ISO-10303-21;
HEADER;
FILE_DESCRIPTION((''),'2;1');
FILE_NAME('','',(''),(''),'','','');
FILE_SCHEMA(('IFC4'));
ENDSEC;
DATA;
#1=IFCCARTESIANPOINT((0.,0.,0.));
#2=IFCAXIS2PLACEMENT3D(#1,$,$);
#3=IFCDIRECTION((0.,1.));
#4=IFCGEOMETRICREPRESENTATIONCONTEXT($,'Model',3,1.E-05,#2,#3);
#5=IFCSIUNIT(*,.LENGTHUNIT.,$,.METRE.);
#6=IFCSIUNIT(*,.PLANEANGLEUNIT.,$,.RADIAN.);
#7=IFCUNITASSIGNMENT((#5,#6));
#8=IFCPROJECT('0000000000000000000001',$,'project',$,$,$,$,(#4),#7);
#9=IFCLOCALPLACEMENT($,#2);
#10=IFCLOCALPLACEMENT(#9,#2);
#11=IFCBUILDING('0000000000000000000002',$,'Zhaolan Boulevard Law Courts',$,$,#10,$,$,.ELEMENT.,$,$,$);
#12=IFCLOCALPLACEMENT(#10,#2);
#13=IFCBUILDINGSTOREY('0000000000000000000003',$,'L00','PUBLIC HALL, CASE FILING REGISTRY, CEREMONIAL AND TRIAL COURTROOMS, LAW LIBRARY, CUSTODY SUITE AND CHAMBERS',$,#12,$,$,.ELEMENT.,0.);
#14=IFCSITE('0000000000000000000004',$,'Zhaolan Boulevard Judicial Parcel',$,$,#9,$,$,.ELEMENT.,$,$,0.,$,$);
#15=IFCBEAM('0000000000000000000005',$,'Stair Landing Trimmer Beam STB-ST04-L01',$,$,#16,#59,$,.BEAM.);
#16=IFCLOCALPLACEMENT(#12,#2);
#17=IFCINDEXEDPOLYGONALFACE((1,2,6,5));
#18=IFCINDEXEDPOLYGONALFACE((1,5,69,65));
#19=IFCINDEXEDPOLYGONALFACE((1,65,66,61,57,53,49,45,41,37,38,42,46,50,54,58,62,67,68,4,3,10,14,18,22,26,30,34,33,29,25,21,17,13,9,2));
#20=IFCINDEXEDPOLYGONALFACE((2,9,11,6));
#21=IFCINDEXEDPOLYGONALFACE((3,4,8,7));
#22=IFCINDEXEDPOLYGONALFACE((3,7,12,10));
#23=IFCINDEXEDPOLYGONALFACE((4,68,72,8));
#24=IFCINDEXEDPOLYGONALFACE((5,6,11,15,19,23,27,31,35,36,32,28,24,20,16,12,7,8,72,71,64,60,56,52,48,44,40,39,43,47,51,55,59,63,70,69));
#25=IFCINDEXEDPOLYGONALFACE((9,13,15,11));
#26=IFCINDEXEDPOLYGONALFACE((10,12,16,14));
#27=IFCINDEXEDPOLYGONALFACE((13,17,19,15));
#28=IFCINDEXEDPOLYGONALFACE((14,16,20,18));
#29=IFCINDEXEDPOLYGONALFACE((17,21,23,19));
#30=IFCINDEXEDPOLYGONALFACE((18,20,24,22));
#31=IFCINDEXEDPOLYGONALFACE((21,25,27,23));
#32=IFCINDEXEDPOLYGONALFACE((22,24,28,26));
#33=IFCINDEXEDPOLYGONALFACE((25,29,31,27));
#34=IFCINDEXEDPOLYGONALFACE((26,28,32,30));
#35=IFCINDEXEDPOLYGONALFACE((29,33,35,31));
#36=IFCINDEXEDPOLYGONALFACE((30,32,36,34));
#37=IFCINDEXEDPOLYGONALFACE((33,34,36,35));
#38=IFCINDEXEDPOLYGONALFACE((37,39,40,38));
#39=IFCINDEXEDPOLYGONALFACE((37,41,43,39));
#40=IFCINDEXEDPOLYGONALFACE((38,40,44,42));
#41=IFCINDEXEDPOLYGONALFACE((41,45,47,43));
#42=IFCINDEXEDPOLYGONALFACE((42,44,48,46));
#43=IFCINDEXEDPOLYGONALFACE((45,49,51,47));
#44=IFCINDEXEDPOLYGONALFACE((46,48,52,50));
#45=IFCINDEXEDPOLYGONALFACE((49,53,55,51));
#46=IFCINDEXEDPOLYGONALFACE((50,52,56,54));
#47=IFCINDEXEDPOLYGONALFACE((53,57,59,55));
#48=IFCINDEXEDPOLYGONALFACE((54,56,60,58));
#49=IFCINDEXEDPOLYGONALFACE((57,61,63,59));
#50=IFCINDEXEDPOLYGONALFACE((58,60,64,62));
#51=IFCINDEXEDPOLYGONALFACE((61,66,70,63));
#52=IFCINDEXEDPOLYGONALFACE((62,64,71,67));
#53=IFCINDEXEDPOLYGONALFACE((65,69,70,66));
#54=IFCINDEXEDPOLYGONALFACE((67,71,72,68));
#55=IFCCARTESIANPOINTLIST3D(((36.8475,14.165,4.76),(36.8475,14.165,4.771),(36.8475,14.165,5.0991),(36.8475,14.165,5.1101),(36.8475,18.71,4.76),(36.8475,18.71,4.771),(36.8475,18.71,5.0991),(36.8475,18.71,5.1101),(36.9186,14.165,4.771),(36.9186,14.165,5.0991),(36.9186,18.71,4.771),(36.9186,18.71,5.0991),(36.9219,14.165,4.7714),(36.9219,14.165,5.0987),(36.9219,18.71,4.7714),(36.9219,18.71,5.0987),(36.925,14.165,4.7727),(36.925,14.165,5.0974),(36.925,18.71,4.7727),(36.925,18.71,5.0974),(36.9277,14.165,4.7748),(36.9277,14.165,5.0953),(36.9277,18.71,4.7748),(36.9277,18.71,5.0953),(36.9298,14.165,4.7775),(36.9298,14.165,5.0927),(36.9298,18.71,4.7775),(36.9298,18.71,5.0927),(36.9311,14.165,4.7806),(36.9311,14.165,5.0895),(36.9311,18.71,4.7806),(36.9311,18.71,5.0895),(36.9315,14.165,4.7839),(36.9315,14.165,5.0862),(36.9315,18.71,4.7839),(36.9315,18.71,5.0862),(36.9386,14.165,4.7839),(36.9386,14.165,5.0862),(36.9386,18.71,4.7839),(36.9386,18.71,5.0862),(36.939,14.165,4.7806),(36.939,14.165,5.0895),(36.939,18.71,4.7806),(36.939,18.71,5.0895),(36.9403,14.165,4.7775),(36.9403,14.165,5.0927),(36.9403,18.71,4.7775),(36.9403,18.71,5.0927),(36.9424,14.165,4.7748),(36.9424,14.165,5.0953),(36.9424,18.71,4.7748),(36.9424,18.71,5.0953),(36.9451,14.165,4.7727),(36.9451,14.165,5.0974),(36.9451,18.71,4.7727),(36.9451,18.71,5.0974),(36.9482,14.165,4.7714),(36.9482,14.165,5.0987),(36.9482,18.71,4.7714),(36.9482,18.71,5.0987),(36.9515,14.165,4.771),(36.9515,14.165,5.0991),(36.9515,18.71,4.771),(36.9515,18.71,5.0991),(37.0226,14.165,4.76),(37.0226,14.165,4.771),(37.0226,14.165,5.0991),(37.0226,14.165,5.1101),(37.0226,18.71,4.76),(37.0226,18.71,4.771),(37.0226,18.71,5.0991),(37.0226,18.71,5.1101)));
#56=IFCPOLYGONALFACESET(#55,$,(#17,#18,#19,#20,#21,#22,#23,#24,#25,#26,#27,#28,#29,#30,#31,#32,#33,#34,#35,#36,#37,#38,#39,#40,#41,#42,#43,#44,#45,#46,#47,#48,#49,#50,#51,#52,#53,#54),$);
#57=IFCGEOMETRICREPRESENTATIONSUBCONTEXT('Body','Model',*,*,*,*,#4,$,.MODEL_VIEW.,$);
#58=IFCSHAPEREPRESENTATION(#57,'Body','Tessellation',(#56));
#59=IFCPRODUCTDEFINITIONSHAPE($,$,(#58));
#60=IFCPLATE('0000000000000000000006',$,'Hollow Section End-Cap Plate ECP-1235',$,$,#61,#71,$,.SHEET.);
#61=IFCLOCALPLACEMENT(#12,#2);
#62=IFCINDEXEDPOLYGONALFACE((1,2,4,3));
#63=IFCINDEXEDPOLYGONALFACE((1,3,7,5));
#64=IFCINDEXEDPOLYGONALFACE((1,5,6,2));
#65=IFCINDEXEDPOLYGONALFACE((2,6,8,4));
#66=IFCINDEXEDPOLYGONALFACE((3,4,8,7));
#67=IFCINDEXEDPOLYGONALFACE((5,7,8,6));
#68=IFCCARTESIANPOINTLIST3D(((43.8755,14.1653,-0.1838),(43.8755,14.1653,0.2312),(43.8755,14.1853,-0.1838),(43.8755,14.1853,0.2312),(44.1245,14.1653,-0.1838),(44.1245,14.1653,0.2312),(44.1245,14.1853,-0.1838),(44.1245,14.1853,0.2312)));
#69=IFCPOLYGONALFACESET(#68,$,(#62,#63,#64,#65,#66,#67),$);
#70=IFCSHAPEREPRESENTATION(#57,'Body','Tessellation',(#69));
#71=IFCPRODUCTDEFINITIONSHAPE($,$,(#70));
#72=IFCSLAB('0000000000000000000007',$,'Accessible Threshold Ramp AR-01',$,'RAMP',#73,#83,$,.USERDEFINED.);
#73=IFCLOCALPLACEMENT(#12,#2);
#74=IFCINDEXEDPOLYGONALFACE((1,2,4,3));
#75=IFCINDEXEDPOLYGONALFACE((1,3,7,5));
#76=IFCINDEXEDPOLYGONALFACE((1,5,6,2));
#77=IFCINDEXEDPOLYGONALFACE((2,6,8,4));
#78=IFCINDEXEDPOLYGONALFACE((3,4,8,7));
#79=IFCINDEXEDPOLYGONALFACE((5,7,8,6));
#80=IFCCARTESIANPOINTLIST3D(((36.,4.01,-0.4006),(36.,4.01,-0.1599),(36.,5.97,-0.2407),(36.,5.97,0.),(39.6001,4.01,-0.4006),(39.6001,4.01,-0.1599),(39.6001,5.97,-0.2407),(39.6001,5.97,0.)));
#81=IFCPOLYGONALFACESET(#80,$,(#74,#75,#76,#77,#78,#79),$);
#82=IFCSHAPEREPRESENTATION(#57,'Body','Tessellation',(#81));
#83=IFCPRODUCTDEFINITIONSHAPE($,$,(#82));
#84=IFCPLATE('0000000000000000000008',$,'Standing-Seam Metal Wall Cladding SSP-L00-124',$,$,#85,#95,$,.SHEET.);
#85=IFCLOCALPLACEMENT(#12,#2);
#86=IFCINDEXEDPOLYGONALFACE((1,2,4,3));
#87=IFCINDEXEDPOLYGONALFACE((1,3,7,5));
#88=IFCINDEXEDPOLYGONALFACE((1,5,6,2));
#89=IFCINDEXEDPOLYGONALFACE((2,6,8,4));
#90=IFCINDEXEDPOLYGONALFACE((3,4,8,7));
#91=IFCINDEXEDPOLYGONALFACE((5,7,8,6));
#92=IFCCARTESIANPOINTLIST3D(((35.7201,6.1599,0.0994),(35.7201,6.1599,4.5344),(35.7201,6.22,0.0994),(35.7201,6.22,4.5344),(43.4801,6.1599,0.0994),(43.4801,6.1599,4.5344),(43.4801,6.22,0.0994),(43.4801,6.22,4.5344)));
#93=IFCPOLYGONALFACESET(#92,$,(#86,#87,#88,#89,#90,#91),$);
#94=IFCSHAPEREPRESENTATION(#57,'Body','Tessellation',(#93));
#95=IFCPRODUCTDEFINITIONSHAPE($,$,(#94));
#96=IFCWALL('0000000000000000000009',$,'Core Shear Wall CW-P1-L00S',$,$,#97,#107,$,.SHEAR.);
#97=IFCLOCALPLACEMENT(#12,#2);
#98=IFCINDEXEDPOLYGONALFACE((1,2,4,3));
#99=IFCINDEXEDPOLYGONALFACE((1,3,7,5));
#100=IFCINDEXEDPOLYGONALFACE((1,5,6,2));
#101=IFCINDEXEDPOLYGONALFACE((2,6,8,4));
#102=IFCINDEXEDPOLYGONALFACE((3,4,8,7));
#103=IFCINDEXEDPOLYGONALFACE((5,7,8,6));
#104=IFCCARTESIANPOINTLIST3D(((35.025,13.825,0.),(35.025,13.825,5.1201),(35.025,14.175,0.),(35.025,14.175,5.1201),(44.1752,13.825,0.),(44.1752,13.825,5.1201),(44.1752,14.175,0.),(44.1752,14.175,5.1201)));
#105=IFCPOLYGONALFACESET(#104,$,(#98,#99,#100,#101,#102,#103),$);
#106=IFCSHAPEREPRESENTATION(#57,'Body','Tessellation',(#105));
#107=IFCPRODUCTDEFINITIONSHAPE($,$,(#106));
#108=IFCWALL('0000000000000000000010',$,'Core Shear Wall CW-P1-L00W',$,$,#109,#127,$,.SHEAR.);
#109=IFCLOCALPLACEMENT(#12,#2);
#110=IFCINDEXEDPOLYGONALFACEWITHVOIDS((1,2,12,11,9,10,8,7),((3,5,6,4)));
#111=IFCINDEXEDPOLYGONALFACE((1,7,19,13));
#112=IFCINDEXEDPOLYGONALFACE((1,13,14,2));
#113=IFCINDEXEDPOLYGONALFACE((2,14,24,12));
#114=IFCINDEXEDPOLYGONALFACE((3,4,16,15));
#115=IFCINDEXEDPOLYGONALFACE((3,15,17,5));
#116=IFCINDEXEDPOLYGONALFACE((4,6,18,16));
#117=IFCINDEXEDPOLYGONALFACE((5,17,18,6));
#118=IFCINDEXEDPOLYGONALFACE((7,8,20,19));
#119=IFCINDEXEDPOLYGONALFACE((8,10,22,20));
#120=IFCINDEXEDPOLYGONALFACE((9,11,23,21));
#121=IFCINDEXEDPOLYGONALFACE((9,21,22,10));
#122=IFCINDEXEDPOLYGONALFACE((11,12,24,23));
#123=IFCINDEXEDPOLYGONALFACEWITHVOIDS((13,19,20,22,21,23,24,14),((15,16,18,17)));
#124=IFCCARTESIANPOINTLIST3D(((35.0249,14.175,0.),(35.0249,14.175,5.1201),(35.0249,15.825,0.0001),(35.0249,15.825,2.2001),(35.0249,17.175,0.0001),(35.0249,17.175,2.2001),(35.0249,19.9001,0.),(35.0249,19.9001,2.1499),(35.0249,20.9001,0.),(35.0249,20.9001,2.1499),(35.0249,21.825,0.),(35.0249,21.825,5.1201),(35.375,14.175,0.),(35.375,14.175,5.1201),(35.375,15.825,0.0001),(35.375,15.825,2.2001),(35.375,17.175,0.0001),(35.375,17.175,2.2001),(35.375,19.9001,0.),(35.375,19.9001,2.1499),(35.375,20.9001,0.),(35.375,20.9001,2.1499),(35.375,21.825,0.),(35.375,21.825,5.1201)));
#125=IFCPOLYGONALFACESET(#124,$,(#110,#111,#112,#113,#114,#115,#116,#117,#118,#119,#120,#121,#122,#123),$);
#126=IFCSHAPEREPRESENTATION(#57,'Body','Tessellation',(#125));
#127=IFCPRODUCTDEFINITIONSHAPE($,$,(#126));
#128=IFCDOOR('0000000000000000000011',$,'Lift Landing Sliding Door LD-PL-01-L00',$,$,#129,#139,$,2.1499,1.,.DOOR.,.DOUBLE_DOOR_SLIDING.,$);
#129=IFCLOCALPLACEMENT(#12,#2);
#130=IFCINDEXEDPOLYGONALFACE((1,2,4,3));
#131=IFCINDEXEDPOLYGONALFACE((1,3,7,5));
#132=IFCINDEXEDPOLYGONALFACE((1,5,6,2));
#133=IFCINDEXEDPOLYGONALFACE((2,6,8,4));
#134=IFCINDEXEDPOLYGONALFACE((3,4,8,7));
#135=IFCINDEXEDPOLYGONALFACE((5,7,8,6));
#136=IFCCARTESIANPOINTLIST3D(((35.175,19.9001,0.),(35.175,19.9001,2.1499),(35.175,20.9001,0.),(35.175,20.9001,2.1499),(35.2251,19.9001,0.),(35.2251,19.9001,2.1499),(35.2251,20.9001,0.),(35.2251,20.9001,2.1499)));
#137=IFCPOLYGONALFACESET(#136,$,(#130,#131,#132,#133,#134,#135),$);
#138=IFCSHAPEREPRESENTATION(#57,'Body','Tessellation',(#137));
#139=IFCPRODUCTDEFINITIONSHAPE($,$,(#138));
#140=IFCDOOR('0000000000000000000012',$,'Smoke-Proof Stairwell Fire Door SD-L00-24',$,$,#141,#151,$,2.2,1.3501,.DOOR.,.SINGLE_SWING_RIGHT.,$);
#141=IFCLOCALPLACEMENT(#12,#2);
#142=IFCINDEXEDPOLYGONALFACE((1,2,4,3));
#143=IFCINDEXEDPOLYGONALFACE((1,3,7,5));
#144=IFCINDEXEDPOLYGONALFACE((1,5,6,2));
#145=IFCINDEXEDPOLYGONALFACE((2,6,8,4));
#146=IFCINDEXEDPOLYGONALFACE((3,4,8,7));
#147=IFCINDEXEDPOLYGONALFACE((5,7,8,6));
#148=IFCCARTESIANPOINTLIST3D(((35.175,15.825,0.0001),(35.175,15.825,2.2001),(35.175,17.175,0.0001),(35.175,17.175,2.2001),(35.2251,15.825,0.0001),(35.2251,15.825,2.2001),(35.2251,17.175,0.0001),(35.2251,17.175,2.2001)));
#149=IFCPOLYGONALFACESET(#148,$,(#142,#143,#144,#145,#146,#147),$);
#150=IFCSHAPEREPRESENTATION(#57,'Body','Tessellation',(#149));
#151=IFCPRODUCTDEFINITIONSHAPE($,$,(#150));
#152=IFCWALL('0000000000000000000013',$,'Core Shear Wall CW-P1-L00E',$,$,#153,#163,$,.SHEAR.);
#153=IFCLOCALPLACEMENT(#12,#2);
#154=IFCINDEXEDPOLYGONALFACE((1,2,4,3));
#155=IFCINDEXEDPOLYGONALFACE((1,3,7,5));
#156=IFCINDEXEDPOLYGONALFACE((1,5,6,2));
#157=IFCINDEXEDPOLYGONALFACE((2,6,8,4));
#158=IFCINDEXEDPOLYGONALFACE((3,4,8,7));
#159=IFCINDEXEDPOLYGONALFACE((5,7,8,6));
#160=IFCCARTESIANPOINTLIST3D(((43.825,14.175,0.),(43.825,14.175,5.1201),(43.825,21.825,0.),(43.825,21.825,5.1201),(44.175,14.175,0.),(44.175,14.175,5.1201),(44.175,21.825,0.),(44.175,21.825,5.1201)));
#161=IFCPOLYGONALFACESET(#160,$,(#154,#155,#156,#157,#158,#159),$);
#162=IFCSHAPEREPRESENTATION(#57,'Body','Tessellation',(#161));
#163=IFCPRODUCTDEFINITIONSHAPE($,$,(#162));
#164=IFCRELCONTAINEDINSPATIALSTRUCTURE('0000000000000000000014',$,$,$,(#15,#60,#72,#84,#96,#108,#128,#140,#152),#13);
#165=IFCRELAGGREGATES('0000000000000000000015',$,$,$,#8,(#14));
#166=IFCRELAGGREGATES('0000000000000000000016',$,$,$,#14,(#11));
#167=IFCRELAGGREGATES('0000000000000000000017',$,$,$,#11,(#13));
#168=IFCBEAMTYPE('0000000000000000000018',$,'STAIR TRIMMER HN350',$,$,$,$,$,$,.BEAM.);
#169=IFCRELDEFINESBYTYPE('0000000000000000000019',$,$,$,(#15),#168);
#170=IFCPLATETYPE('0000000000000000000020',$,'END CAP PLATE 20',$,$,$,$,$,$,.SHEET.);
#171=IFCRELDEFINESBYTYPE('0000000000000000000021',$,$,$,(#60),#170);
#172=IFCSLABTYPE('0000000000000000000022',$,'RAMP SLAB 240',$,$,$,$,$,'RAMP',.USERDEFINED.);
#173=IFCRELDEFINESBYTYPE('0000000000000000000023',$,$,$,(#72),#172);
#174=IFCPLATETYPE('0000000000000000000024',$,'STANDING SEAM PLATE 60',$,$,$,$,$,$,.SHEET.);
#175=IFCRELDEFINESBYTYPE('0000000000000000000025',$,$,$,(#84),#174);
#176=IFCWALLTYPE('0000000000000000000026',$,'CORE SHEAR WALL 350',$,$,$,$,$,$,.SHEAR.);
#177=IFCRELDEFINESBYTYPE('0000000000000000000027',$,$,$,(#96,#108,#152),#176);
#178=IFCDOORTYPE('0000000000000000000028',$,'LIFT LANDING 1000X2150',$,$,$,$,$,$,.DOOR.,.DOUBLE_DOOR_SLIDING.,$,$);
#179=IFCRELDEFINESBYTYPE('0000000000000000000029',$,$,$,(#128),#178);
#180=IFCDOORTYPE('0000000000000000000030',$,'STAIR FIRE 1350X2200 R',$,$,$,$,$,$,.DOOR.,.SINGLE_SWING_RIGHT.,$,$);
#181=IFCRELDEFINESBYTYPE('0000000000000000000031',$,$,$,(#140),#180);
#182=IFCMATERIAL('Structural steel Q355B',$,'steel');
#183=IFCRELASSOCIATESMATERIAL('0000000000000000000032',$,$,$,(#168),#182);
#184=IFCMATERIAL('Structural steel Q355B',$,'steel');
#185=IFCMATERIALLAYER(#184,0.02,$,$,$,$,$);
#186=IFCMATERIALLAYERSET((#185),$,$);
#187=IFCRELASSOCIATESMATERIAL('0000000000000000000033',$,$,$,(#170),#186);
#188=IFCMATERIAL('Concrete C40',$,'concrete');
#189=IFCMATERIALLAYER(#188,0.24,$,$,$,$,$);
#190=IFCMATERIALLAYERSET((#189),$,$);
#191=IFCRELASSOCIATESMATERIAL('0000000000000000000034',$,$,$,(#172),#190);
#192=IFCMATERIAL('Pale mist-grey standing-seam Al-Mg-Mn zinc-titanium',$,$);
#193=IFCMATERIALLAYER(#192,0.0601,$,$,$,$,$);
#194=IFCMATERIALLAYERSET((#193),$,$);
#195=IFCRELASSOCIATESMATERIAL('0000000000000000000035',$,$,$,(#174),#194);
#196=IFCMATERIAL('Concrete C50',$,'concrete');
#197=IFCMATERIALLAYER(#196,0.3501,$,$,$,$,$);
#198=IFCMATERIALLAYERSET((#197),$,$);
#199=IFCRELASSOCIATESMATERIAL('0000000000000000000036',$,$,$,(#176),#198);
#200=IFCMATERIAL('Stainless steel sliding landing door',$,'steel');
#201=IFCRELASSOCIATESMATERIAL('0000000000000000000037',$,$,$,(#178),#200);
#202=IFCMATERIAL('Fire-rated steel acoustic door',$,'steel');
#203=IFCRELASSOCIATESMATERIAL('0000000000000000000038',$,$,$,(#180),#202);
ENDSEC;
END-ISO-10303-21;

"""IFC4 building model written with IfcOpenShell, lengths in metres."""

from ifc_helpers import new_model, si_unit, direction, frame, frame_2d, origin, origin_2d, place, context, subcontext, project, spatial, polyline, rectangle, i_section, outline, extrude, material, layer, layer_set, material_profile, profile_set, type_object, element, fill, save


model = new_model("IFC4")

# Units and contexts
model_context = context("Model", 3, precision=1e-05, world=origin(), true_north=direction((0.0, 1.0)))
body_context = subcontext(model_context, "Body", "Model", "MODEL_VIEW")
ifc_project = project(units=[si_unit("LENGTHUNIT", "METRE"), si_unit("PLANEANGLEUNIT", "RADIAN")], contexts=[model_context])

# Site, building, storey
site_placement = place(None, origin())
site = spatial("IfcSite", under=ifc_project, at=site_placement, Name="Zhaolan Boulevard Judicial Parcel", CompositionType="ELEMENT", RefElevation=0.0)
building_placement = place(site_placement, origin())
building = spatial("IfcBuilding", under=site, at=building_placement, Name="Zhaolan Boulevard Law Courts", CompositionType="ELEMENT")
storey_placement = place(building_placement, origin())
storey = spatial("IfcBuildingStorey", under=building, at=storey_placement, Name="L00", Description="PUBLIC HALL, CASE FILING REGISTRY, CEREMONIAL AND TRIAL COURTROOMS, LAW LIBRARY, CUSTODY SUITE AND CHAMBERS", CompositionType="ELEMENT", Elevation=0.0)

# Beam
ifc_material_1 = material(Name="Structural steel Q355B", Category="steel")
ifc_material_profile_1 = material_profile(ifc_material_1, i_section(OverallWidth=0.175, OverallDepth=0.3501, WebThickness=0.0071, FlangeThickness=0.011, FilletRadius=0.0129, at=origin_2d()), Name="HN350x175")
ifc_profile_set_1 = profile_set([ifc_material_profile_1], Name="Structural steel Q355B")
beam_type_1 = type_object("IfcBeamType", Name="STAIR TRIMMER HN350", PredefinedType="BEAM", material=ifc_profile_set_1)
beam_1_placement = place(storey_placement, frame((36.9351, 14.165, 4.9351), z_axis=(0.0, 1.0, 0.0), x_axis=(-1.0, 0.0, 0.0)))
element("IfcBeam", 1, at=beam_1_placement, inside=storey, type_object=beam_type_1, Name="Stair Landing Trimmer Beam STB-ST04-L01", PredefinedType="BEAM", context=body_context, shape_type="SweptSolid", body=[
    extrude(i_section(OverallWidth=0.175, OverallDepth=0.3501, WebThickness=0.0071, FlangeThickness=0.011, FilletRadius=0.0129, at=origin_2d()), origin(), (0.0, 0.0, 1.0), 4.5449),
])

# Plate
ifc_material_2 = material(Name="Structural steel Q355B", Category="steel")
ifc_layer_1 = layer(ifc_material_2, 0.02)
ifc_layer_set_1 = layer_set([ifc_layer_1])
plate_type_1 = type_object("IfcPlateType", Name="END CAP PLATE 20", PredefinedType="SHEET", material=ifc_layer_set_1)
plate_1_placement = place(storey_placement, frame((44.0, 14.1753, -0.1838), z_axis=(0.0, 0.0, 1.0), x_axis=(0.0, 1.0, 0.0)))
element("IfcPlate", 2, at=plate_1_placement, inside=storey, type_object=plate_type_1, Name="Hollow Section End-Cap Plate ECP-1235", PredefinedType="SHEET", context=body_context, shape_type="SweptSolid", body=[
    extrude(rectangle(XDim=0.02, YDim=0.249, at=origin_2d()), origin(), (0.0, 0.0, 1.0), 0.415),
])

# Slab
ifc_material_3 = material(Name="Concrete C40", Category="concrete")
ifc_layer_2 = layer(ifc_material_3, 0.24)
ifc_layer_set_2 = layer_set([ifc_layer_2])
slab_type = type_object("IfcSlabType", Name="RAMP SLAB 240", ElementType="RAMP", PredefinedType="USERDEFINED", material=ifc_layer_set_2)
slab_placement = place(storey_placement, frame((36.0, 4.01, -0.1599), z_axis=(1.0, 0.0, 0.0), x_axis=(0.0, 1.0, 0.0)))
element("IfcSlab", 3, at=slab_placement, inside=storey, type_object=slab_type, Name="Accessible Threshold Ramp AR-01", ObjectType="RAMP", PredefinedType="USERDEFINED", context=body_context, shape_type="SweptSolid", body=[
    extrude(outline(polyline([(0.0, 0.0), (1.96, 0.1599), (1.96, -0.0808), (0.0, -0.2407), (0.0, 0.0)])), origin(), (0.0, 0.0, 1.0), 3.6001),
])

# Plate
ifc_material_4 = material(Name="Pale mist-grey standing-seam Al-Mg-Mn zinc-titanium")
ifc_layer_3 = layer(ifc_material_4, 0.0601)
ifc_layer_set_3 = layer_set([ifc_layer_3])
plate_type_2 = type_object("IfcPlateType", Name="STANDING SEAM PLATE 60", PredefinedType="SHEET", material=ifc_layer_set_3)
plate_2_placement = place(storey_placement, frame((39.6001, 6.1899, 0.0994), z_axis=(0.0, 0.0, 1.0), x_axis=(1.0, 0.0, 0.0)))
element("IfcPlate", 4, at=plate_2_placement, inside=storey, type_object=plate_type_2, Name="Standing-Seam Metal Wall Cladding SSP-L00-124", PredefinedType="SHEET", context=body_context, shape_type="SweptSolid", body=[
    extrude(rectangle(XDim=7.76, YDim=0.0601, at=origin_2d()), origin(), (0.0, 0.0, 1.0), 4.4351),
])

# Wall
ifc_material_5 = material(Name="Concrete C50", Category="concrete")
ifc_layer_4 = layer(ifc_material_5, 0.3501)
ifc_layer_set_4 = layer_set([ifc_layer_4])
wall_type_1 = type_object("IfcWallType", Name="CORE SHEAR WALL 350", PredefinedType="SHEAR", material=ifc_layer_set_4)
wall_1_placement = place(storey_placement, frame((35.0249, 14.0, 0.0), z_axis=(0.0, 0.0, 1.0), x_axis=(1.0, 0.0, 0.0)))
element("IfcWall", 5, at=wall_1_placement, inside=storey, type_object=wall_type_1, Name="Core Shear Wall CW-P1-L00S", PredefinedType="SHEAR", context=body_context, shape_type="SweptSolid", body=[
    extrude(rectangle(XDim=9.1501, YDim=0.3501, at=frame_2d((4.5752, 0.0))), origin(), (0.0, 0.0, 1.0), 5.1201),
])

# Wall, openings, doors
wall_2_placement = place(storey_placement, frame((35.2, 14.175, 0.0), z_axis=(0.0, 0.0, 1.0), x_axis=(0.0, 1.0, 0.0)))
wall_2 = element("IfcWall", 6, at=wall_2_placement, inside=storey, type_object=wall_type_1, Name="Core Shear Wall CW-P1-L00W", PredefinedType="SHEAR", context=body_context, shape_type="SweptSolid", body=[
    extrude(rectangle(XDim=7.6499, YDim=0.3501, at=frame_2d((3.825, 0.0))), origin(), (0.0, 0.0, 1.0), 5.1201),
])
opening_1_placement = place(wall_2_placement, frame((1.6499, 0.0, 0.0)))
opening_1 = element("IfcOpeningElement", 7, at=opening_1_placement, cuts=wall_2, PredefinedType="OPENING", context=body_context, shape_type="SweptSolid", body=[
    extrude(rectangle(XDim=1.3501, YDim=2.2, at=frame_2d((0.675, 1.1001))), frame((0.0, 0.1851, 0.0), z_axis=(0.0, -1.0, 0.0), x_axis=(1.0, 0.0, 0.0)), (0.0, 0.0, 1.0), 0.3701),
])
opening_2_placement = place(wall_2_placement, frame((5.7251, 0.0, 0.0)))
opening_2 = element("IfcOpeningElement", 8, at=opening_2_placement, cuts=wall_2, PredefinedType="OPENING", context=body_context, shape_type="SweptSolid", body=[
    extrude(rectangle(XDim=1.0, YDim=2.1499, at=frame_2d((0.5, 1.075))), frame((0.0, 0.1851, 0.0), z_axis=(0.0, -1.0, 0.0), x_axis=(1.0, 0.0, 0.0)), (0.0, 0.0, 1.0), 0.3701),
])
ifc_material_6 = material(Name="Stainless steel sliding landing door", Category="steel")
door_type_1 = type_object("IfcDoorType", Name="LIFT LANDING 1000X2150", OperationType="DOUBLE_DOOR_SLIDING", PredefinedType="DOOR", material=ifc_material_6)
door_1_placement = place(opening_2_placement, origin())
door_1 = element("IfcDoor", 9, at=door_1_placement, inside=storey, type_object=door_type_1, Name="Lift Landing Sliding Door LD-PL-01-L00", OperationType="DOUBLE_DOOR_SLIDING", OverallHeight=2.1499, OverallWidth=1.0, PredefinedType="DOOR", context=body_context, shape_type="SweptSolid", body=[
    extrude(rectangle(XDim=1.0, YDim=2.1499, at=frame_2d((0.5, 1.075))), frame((0.0, 0.0249, 0.0), z_axis=(0.0, -1.0, 0.0), x_axis=(1.0, 0.0, 0.0)), (0.0, 0.0, 1.0), 0.05),
])
fill(opening_2, door_1)
ifc_material_7 = material(Name="Fire-rated steel acoustic door", Category="steel")
door_type_2 = type_object("IfcDoorType", Name="STAIR FIRE 1350X2200 R", OperationType="SINGLE_SWING_RIGHT", PredefinedType="DOOR", material=ifc_material_7)
door_2_placement = place(opening_1_placement, origin())
door_2 = element("IfcDoor", 10, at=door_2_placement, inside=storey, type_object=door_type_2, Name="Smoke-Proof Stairwell Fire Door SD-L00-24", OperationType="SINGLE_SWING_RIGHT", OverallHeight=2.2, OverallWidth=1.3501, PredefinedType="DOOR", context=body_context, shape_type="SweptSolid", body=[
    extrude(rectangle(XDim=1.3501, YDim=2.2, at=frame_2d((0.675, 1.1001))), frame((0.0, 0.0249, 0.0), z_axis=(0.0, -1.0, 0.0), x_axis=(1.0, 0.0, 0.0)), (0.0, 0.0, 1.0), 0.05),
])
fill(opening_1, door_2)

# Wall
wall_3_placement = place(storey_placement, frame((44.0, 14.175, 0.0), z_axis=(0.0, 0.0, 1.0), x_axis=(0.0, 1.0, 0.0)))
element("IfcWall", 11, at=wall_3_placement, inside=storey, type_object=wall_type_1, Name="Core Shear Wall CW-P1-L00E", PredefinedType="SHEAR", context=body_context, shape_type="SweptSolid", body=[
    extrude(rectangle(XDim=7.6499, YDim=0.3501, at=frame_2d((3.825, 0.0))), origin(), (0.0, 0.0, 1.0), 5.1201),
])

save(model, "model.ifc")
